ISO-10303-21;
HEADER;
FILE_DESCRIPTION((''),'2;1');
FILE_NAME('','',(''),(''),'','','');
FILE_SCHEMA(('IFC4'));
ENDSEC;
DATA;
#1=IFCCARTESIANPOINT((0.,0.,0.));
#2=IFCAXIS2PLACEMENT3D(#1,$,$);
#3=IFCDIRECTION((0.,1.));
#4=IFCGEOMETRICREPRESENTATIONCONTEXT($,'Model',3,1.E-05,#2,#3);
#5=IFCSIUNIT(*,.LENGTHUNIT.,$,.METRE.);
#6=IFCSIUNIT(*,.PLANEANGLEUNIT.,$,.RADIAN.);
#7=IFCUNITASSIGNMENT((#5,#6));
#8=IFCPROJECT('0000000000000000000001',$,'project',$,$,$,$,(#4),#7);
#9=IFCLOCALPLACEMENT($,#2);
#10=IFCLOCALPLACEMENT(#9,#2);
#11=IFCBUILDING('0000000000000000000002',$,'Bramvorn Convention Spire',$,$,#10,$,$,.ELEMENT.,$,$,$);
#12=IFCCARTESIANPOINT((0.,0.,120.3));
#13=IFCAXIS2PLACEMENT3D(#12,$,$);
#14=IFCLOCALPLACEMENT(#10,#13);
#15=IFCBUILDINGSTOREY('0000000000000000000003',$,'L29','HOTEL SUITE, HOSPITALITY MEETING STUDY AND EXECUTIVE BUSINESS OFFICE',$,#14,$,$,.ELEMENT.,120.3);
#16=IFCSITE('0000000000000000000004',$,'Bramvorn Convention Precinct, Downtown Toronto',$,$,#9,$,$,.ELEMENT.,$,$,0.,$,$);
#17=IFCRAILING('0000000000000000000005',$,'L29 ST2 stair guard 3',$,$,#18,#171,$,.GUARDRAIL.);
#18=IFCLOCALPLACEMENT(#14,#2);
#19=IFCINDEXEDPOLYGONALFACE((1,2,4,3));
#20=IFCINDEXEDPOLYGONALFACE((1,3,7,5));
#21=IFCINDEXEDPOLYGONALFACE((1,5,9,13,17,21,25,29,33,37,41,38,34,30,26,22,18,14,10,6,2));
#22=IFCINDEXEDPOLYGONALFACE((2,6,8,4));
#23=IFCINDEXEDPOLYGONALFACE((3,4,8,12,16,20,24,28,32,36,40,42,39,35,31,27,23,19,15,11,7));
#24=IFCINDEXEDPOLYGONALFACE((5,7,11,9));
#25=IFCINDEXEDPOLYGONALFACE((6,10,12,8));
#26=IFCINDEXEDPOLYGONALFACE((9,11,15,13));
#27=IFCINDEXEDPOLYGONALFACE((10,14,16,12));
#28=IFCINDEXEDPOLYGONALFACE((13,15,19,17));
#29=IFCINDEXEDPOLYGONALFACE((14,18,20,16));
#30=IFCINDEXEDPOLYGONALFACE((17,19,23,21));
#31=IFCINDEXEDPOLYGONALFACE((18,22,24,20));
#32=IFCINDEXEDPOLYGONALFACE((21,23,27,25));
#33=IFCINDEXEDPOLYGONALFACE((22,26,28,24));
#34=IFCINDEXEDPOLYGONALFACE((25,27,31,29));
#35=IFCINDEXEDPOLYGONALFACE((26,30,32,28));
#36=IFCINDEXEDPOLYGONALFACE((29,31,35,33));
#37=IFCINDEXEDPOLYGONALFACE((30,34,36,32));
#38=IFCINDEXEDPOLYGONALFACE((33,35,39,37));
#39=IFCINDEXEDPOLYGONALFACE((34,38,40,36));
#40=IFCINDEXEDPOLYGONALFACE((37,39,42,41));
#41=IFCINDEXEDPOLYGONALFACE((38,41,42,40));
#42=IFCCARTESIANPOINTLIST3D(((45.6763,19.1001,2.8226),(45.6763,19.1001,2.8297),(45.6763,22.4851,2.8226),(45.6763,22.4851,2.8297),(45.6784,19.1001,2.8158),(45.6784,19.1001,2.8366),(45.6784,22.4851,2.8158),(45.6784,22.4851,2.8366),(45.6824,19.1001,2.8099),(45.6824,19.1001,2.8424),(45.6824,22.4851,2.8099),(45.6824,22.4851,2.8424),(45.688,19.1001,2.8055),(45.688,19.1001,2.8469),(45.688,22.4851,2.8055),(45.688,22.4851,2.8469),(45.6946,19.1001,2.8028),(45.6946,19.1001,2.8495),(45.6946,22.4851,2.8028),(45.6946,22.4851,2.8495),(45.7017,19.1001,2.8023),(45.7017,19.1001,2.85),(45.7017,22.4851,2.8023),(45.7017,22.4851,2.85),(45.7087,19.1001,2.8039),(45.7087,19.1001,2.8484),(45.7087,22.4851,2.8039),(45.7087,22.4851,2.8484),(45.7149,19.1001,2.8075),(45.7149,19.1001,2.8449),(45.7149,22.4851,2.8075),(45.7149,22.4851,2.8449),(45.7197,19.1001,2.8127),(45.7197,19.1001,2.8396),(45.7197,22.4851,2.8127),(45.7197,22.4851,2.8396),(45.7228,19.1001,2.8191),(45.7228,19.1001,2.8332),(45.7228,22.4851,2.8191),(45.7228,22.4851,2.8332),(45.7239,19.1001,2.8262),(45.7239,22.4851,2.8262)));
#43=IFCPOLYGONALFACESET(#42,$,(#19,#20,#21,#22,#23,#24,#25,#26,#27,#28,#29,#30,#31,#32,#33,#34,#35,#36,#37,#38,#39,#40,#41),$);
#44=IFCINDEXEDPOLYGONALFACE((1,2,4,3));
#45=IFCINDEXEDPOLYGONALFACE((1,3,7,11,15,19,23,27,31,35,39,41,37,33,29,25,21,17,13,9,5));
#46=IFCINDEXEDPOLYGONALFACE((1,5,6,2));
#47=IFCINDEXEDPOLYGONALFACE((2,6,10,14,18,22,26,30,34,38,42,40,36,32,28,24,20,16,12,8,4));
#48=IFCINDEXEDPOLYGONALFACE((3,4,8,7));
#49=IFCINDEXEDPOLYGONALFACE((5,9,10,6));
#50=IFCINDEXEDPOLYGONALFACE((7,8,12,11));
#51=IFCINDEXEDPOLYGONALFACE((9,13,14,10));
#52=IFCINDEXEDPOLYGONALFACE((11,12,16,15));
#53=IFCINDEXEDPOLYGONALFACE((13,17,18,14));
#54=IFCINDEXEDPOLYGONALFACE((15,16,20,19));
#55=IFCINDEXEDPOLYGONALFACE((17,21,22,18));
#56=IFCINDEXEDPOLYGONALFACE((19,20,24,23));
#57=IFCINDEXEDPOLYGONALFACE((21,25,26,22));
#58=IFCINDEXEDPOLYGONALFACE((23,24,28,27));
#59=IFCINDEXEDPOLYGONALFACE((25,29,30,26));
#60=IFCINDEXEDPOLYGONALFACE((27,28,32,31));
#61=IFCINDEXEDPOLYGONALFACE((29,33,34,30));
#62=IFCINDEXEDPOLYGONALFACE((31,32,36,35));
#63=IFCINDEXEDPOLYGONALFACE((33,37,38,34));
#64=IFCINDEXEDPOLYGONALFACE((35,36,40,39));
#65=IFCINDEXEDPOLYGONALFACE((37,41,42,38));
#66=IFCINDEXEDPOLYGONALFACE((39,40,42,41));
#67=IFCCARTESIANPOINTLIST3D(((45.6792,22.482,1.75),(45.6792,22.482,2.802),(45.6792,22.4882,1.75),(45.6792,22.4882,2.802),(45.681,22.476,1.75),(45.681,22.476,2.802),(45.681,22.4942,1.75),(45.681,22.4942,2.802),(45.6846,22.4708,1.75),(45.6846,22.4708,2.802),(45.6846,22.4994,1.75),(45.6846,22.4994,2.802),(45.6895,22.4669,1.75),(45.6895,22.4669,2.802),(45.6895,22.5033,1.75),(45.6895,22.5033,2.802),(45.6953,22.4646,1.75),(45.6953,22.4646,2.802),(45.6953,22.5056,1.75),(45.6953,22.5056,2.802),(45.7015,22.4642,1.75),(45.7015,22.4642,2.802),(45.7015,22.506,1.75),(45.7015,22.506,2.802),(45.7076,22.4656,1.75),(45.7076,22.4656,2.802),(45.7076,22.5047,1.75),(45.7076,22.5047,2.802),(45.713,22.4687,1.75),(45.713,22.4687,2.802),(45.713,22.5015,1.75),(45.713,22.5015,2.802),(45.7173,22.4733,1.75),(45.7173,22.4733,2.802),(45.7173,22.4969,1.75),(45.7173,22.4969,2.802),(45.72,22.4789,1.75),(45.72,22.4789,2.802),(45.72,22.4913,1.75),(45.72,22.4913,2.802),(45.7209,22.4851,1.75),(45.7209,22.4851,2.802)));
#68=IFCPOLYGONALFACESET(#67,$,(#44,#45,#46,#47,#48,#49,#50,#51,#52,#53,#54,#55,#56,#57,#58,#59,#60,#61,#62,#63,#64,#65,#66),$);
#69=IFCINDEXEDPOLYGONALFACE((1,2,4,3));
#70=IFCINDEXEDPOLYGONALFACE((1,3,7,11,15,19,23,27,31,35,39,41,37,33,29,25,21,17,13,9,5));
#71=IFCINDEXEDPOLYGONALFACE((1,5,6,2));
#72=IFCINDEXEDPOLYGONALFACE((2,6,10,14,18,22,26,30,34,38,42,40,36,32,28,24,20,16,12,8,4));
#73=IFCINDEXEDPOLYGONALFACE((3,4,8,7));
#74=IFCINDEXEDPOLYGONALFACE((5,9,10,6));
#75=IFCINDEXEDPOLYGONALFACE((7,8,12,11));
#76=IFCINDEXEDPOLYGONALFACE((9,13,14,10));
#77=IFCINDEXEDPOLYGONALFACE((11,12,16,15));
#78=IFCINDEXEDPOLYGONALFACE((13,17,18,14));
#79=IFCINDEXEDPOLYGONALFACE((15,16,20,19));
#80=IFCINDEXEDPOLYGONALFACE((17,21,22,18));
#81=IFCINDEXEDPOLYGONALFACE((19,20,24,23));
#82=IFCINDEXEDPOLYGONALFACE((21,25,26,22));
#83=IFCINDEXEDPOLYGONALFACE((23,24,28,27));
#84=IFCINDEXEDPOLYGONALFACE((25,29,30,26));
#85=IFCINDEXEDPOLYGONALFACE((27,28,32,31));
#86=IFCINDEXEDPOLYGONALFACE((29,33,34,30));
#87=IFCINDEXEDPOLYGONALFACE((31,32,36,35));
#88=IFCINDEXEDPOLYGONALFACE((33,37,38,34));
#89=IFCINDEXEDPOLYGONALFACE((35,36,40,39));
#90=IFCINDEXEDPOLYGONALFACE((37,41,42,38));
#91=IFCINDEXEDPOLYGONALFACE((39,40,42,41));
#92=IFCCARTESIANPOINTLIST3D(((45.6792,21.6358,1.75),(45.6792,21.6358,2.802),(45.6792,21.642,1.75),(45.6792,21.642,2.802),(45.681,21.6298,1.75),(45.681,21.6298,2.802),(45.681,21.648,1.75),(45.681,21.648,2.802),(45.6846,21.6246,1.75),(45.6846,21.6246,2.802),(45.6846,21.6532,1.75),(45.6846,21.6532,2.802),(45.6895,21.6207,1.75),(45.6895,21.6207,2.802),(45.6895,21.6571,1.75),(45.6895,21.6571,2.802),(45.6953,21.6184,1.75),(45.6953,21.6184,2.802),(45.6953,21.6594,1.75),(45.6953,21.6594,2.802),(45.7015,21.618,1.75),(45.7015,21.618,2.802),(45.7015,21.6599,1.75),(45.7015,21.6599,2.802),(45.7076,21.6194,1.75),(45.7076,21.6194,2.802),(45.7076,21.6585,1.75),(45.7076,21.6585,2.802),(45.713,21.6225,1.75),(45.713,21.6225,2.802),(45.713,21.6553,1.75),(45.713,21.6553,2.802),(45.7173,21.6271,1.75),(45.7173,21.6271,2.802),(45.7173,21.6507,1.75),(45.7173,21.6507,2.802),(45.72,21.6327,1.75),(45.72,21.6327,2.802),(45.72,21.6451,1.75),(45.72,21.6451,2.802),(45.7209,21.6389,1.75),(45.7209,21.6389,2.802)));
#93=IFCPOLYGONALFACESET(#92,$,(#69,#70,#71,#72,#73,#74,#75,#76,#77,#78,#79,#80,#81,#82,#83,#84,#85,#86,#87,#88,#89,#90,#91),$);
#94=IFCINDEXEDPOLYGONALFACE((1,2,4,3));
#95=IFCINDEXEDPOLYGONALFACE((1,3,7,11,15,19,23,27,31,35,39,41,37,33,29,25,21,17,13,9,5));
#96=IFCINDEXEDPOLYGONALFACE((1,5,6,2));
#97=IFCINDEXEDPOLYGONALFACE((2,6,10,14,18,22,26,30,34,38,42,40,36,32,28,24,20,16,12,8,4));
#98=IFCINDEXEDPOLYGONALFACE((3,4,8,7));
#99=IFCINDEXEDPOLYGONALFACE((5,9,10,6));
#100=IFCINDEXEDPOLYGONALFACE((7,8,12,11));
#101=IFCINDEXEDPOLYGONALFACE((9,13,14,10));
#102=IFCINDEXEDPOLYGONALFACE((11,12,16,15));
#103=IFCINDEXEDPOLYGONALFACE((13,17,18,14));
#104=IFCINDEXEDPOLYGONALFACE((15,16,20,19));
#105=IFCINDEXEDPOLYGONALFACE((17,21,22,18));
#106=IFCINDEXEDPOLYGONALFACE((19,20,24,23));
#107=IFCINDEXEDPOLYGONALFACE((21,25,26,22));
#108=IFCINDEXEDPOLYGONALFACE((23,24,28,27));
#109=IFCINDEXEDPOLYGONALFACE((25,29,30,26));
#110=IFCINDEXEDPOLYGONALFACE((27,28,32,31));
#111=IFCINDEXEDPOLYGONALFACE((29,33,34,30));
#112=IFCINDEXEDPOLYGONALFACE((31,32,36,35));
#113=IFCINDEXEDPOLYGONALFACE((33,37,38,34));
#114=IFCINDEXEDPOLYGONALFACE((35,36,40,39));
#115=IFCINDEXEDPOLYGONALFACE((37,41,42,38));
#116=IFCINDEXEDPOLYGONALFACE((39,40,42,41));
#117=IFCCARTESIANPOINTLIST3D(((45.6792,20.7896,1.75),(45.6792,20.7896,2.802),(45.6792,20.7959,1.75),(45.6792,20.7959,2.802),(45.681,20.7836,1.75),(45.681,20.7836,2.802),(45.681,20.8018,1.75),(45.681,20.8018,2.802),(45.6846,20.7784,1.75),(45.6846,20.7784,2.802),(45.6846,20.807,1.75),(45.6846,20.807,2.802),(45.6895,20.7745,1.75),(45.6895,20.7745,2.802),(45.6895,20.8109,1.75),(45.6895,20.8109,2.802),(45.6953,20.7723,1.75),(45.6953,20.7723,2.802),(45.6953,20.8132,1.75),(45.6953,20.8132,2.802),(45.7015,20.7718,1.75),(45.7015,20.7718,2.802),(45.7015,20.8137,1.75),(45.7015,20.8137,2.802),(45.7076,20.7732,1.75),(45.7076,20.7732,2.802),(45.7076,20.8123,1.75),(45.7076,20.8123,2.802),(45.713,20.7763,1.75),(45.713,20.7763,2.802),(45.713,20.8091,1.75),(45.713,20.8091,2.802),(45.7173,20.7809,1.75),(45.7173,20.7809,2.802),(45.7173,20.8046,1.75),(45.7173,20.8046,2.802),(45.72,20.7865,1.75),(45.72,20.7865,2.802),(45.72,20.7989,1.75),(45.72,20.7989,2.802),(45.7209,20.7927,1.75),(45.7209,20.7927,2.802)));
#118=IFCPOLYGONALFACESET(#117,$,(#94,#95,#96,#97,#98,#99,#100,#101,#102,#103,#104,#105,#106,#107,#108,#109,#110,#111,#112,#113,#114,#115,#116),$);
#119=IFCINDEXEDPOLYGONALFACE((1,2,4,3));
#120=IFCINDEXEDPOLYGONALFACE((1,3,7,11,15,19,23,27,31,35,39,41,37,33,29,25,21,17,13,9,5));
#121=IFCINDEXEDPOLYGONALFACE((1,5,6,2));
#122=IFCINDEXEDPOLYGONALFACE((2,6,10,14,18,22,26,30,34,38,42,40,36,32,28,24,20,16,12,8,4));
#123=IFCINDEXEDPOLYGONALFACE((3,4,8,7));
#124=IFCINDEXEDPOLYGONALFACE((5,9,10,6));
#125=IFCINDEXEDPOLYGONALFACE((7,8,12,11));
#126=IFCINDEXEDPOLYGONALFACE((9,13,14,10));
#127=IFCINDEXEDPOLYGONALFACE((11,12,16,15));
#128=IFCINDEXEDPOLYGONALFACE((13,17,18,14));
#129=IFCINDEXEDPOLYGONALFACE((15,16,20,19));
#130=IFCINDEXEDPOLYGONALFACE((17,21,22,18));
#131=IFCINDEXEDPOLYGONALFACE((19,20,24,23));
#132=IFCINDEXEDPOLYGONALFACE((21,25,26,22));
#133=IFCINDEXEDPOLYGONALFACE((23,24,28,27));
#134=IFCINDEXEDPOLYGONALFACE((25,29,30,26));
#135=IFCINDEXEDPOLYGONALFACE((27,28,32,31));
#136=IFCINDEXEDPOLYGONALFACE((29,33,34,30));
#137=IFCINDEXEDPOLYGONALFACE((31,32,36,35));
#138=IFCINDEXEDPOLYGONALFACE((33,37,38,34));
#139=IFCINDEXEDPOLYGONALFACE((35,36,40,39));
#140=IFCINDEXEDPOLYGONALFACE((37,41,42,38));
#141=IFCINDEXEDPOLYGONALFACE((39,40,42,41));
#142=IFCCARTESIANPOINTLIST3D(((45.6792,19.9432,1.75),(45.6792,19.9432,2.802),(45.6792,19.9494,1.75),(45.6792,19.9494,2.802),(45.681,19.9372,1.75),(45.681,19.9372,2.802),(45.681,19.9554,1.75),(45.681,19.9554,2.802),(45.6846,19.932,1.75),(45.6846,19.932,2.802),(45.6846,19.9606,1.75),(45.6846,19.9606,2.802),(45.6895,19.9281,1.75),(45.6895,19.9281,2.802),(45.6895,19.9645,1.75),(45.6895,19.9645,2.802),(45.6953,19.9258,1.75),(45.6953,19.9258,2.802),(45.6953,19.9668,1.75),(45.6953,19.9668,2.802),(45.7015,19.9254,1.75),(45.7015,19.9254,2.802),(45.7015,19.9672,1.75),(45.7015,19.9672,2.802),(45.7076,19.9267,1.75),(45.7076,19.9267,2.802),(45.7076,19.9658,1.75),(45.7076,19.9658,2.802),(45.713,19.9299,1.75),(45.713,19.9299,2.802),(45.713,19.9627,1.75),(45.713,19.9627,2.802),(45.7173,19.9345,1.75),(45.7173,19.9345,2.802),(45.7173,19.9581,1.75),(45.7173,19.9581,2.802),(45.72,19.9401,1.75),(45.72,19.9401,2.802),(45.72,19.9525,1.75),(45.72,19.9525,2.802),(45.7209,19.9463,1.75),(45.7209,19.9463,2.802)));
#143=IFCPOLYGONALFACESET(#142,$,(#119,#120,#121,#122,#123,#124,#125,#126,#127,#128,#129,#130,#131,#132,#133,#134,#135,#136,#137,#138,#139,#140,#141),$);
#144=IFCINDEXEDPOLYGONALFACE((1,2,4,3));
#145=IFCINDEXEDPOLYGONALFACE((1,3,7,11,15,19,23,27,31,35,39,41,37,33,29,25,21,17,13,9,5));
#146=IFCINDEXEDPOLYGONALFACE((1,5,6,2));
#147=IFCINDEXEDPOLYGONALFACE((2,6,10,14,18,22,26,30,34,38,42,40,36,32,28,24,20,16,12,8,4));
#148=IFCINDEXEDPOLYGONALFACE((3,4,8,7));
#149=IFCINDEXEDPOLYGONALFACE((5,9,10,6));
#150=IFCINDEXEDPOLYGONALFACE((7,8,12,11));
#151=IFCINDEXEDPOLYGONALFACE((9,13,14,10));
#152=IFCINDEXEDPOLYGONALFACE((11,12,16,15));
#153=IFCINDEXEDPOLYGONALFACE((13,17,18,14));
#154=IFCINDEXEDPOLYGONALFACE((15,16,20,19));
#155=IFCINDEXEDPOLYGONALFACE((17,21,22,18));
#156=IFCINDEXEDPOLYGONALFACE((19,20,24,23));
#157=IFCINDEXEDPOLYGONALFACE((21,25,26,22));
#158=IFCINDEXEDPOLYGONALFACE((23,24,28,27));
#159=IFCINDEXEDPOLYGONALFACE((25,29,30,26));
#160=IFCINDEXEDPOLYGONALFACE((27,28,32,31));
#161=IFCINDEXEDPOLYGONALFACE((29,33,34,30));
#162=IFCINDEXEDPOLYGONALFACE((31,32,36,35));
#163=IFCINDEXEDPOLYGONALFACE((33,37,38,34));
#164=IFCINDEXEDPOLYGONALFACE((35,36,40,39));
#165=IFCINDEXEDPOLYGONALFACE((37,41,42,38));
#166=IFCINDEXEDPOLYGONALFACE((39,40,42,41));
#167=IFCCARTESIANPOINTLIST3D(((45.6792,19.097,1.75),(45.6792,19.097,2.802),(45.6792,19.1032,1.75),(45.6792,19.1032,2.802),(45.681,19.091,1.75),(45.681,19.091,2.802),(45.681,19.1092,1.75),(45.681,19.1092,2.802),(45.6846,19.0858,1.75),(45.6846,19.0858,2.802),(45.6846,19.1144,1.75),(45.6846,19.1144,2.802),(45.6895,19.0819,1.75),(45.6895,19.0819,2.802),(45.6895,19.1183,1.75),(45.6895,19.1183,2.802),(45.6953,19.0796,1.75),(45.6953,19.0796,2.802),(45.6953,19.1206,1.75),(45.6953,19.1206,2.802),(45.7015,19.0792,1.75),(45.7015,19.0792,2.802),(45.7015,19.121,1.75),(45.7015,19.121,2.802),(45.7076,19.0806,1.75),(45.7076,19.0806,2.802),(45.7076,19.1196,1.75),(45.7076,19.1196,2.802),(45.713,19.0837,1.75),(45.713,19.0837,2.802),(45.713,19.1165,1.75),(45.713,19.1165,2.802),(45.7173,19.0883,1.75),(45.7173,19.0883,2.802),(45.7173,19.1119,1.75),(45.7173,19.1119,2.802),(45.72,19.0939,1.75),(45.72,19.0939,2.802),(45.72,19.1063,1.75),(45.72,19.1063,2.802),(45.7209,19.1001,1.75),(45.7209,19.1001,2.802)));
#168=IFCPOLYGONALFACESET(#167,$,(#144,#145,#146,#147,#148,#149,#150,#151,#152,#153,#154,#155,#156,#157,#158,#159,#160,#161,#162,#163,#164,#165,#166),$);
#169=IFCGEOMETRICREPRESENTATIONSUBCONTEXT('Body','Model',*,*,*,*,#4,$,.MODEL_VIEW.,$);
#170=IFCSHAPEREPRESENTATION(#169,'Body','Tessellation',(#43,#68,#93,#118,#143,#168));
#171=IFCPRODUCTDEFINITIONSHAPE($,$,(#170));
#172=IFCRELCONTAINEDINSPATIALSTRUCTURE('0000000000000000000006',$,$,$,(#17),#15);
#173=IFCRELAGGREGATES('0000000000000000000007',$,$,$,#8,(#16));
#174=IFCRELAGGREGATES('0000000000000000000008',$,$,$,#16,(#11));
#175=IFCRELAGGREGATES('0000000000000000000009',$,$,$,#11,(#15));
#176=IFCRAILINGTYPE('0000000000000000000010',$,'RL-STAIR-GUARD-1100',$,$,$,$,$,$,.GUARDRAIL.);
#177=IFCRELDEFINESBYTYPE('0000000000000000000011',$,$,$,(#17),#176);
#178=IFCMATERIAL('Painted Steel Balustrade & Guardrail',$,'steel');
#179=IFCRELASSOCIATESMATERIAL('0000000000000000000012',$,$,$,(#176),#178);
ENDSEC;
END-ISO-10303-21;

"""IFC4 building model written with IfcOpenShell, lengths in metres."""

from ifc_helpers import new_model, si_unit, direction, frame, origin, origin_2d, place, context, subcontext, project, spatial, circle, extrude, material, type_object, element, save


model = new_model("IFC4")

# Units and contexts
model_context = context("Model", 3, precision=1e-05, world=origin(), true_north=direction((0.0, 1.0)))
body_context = subcontext(model_context, "Body", "Model", "MODEL_VIEW")
ifc_project = project(units=[si_unit("LENGTHUNIT", "METRE"), si_unit("PLANEANGLEUNIT", "RADIAN")], contexts=[model_context])

# Site, building, storey
site_placement = place(None, origin())
site = spatial("IfcSite", under=ifc_project, at=site_placement, Name="Bramvorn Convention Precinct, Downtown Toronto", CompositionType="ELEMENT", RefElevation=0.0)
building_placement = place(site_placement, origin())
building = spatial("IfcBuilding", under=site, at=building_placement, Name="Bramvorn Convention Spire", CompositionType="ELEMENT")
storey_placement = place(building_placement, frame((0.0, 0.0, 120.3)))
storey = spatial("IfcBuildingStorey", under=building, at=storey_placement, Name="L29", Description="HOTEL SUITE, HOSPITALITY MEETING STUDY AND EXECUTIVE BUSINESS OFFICE", CompositionType="ELEMENT", Elevation=120.3)

# Railing
ifc_material_1 = material(Name="Painted Steel Balustrade & Guardrail", Category="steel")
railing_type_1 = type_object("IfcRailingType", Name="RL-STAIR-GUARD-1100", PredefinedType="GUARDRAIL", material=ifc_material_1)
railing_1_placement = place(storey_placement, frame((45.7, 22.4851, 1.75)))
element("IfcRailing", 1, at=railing_1_placement, inside=storey, type_object=railing_type_1, Name="L29 ST2 stair guard 3", PredefinedType="GUARDRAIL", context=body_context, shape_type="SweptSolid", body=[
    extrude(circle(Radius=0.0239, at=origin_2d()), frame((0.0, 0.0, 1.0762), z_axis=(0.0, -1.0, 0.0), x_axis=(1.0, 0.0, 0.0)), (0.0, 0.0, 1.0), 3.385),
    extrude(circle(Radius=0.021, at=origin_2d()), origin(), (0.0, 0.0, 1.0), 1.052),
    extrude(circle(Radius=0.021, at=origin_2d()), frame((0.0, -0.8462, 0.0)), (0.0, 0.0, 1.0), 1.052),
    extrude(circle(Radius=0.021, at=origin_2d()), frame((0.0, -1.6924, 0.0)), (0.0, 0.0, 1.0), 1.052),
    extrude(circle(Radius=0.021, at=origin_2d()), frame((0.0, -2.5388, 0.0)), (0.0, 0.0, 1.0), 1.052),
    extrude(circle(Radius=0.021, at=origin_2d()), frame((0.0, -3.385, 0.0)), (0.0, 0.0, 1.0), 1.052),
])

save(model, "model.ifc")
